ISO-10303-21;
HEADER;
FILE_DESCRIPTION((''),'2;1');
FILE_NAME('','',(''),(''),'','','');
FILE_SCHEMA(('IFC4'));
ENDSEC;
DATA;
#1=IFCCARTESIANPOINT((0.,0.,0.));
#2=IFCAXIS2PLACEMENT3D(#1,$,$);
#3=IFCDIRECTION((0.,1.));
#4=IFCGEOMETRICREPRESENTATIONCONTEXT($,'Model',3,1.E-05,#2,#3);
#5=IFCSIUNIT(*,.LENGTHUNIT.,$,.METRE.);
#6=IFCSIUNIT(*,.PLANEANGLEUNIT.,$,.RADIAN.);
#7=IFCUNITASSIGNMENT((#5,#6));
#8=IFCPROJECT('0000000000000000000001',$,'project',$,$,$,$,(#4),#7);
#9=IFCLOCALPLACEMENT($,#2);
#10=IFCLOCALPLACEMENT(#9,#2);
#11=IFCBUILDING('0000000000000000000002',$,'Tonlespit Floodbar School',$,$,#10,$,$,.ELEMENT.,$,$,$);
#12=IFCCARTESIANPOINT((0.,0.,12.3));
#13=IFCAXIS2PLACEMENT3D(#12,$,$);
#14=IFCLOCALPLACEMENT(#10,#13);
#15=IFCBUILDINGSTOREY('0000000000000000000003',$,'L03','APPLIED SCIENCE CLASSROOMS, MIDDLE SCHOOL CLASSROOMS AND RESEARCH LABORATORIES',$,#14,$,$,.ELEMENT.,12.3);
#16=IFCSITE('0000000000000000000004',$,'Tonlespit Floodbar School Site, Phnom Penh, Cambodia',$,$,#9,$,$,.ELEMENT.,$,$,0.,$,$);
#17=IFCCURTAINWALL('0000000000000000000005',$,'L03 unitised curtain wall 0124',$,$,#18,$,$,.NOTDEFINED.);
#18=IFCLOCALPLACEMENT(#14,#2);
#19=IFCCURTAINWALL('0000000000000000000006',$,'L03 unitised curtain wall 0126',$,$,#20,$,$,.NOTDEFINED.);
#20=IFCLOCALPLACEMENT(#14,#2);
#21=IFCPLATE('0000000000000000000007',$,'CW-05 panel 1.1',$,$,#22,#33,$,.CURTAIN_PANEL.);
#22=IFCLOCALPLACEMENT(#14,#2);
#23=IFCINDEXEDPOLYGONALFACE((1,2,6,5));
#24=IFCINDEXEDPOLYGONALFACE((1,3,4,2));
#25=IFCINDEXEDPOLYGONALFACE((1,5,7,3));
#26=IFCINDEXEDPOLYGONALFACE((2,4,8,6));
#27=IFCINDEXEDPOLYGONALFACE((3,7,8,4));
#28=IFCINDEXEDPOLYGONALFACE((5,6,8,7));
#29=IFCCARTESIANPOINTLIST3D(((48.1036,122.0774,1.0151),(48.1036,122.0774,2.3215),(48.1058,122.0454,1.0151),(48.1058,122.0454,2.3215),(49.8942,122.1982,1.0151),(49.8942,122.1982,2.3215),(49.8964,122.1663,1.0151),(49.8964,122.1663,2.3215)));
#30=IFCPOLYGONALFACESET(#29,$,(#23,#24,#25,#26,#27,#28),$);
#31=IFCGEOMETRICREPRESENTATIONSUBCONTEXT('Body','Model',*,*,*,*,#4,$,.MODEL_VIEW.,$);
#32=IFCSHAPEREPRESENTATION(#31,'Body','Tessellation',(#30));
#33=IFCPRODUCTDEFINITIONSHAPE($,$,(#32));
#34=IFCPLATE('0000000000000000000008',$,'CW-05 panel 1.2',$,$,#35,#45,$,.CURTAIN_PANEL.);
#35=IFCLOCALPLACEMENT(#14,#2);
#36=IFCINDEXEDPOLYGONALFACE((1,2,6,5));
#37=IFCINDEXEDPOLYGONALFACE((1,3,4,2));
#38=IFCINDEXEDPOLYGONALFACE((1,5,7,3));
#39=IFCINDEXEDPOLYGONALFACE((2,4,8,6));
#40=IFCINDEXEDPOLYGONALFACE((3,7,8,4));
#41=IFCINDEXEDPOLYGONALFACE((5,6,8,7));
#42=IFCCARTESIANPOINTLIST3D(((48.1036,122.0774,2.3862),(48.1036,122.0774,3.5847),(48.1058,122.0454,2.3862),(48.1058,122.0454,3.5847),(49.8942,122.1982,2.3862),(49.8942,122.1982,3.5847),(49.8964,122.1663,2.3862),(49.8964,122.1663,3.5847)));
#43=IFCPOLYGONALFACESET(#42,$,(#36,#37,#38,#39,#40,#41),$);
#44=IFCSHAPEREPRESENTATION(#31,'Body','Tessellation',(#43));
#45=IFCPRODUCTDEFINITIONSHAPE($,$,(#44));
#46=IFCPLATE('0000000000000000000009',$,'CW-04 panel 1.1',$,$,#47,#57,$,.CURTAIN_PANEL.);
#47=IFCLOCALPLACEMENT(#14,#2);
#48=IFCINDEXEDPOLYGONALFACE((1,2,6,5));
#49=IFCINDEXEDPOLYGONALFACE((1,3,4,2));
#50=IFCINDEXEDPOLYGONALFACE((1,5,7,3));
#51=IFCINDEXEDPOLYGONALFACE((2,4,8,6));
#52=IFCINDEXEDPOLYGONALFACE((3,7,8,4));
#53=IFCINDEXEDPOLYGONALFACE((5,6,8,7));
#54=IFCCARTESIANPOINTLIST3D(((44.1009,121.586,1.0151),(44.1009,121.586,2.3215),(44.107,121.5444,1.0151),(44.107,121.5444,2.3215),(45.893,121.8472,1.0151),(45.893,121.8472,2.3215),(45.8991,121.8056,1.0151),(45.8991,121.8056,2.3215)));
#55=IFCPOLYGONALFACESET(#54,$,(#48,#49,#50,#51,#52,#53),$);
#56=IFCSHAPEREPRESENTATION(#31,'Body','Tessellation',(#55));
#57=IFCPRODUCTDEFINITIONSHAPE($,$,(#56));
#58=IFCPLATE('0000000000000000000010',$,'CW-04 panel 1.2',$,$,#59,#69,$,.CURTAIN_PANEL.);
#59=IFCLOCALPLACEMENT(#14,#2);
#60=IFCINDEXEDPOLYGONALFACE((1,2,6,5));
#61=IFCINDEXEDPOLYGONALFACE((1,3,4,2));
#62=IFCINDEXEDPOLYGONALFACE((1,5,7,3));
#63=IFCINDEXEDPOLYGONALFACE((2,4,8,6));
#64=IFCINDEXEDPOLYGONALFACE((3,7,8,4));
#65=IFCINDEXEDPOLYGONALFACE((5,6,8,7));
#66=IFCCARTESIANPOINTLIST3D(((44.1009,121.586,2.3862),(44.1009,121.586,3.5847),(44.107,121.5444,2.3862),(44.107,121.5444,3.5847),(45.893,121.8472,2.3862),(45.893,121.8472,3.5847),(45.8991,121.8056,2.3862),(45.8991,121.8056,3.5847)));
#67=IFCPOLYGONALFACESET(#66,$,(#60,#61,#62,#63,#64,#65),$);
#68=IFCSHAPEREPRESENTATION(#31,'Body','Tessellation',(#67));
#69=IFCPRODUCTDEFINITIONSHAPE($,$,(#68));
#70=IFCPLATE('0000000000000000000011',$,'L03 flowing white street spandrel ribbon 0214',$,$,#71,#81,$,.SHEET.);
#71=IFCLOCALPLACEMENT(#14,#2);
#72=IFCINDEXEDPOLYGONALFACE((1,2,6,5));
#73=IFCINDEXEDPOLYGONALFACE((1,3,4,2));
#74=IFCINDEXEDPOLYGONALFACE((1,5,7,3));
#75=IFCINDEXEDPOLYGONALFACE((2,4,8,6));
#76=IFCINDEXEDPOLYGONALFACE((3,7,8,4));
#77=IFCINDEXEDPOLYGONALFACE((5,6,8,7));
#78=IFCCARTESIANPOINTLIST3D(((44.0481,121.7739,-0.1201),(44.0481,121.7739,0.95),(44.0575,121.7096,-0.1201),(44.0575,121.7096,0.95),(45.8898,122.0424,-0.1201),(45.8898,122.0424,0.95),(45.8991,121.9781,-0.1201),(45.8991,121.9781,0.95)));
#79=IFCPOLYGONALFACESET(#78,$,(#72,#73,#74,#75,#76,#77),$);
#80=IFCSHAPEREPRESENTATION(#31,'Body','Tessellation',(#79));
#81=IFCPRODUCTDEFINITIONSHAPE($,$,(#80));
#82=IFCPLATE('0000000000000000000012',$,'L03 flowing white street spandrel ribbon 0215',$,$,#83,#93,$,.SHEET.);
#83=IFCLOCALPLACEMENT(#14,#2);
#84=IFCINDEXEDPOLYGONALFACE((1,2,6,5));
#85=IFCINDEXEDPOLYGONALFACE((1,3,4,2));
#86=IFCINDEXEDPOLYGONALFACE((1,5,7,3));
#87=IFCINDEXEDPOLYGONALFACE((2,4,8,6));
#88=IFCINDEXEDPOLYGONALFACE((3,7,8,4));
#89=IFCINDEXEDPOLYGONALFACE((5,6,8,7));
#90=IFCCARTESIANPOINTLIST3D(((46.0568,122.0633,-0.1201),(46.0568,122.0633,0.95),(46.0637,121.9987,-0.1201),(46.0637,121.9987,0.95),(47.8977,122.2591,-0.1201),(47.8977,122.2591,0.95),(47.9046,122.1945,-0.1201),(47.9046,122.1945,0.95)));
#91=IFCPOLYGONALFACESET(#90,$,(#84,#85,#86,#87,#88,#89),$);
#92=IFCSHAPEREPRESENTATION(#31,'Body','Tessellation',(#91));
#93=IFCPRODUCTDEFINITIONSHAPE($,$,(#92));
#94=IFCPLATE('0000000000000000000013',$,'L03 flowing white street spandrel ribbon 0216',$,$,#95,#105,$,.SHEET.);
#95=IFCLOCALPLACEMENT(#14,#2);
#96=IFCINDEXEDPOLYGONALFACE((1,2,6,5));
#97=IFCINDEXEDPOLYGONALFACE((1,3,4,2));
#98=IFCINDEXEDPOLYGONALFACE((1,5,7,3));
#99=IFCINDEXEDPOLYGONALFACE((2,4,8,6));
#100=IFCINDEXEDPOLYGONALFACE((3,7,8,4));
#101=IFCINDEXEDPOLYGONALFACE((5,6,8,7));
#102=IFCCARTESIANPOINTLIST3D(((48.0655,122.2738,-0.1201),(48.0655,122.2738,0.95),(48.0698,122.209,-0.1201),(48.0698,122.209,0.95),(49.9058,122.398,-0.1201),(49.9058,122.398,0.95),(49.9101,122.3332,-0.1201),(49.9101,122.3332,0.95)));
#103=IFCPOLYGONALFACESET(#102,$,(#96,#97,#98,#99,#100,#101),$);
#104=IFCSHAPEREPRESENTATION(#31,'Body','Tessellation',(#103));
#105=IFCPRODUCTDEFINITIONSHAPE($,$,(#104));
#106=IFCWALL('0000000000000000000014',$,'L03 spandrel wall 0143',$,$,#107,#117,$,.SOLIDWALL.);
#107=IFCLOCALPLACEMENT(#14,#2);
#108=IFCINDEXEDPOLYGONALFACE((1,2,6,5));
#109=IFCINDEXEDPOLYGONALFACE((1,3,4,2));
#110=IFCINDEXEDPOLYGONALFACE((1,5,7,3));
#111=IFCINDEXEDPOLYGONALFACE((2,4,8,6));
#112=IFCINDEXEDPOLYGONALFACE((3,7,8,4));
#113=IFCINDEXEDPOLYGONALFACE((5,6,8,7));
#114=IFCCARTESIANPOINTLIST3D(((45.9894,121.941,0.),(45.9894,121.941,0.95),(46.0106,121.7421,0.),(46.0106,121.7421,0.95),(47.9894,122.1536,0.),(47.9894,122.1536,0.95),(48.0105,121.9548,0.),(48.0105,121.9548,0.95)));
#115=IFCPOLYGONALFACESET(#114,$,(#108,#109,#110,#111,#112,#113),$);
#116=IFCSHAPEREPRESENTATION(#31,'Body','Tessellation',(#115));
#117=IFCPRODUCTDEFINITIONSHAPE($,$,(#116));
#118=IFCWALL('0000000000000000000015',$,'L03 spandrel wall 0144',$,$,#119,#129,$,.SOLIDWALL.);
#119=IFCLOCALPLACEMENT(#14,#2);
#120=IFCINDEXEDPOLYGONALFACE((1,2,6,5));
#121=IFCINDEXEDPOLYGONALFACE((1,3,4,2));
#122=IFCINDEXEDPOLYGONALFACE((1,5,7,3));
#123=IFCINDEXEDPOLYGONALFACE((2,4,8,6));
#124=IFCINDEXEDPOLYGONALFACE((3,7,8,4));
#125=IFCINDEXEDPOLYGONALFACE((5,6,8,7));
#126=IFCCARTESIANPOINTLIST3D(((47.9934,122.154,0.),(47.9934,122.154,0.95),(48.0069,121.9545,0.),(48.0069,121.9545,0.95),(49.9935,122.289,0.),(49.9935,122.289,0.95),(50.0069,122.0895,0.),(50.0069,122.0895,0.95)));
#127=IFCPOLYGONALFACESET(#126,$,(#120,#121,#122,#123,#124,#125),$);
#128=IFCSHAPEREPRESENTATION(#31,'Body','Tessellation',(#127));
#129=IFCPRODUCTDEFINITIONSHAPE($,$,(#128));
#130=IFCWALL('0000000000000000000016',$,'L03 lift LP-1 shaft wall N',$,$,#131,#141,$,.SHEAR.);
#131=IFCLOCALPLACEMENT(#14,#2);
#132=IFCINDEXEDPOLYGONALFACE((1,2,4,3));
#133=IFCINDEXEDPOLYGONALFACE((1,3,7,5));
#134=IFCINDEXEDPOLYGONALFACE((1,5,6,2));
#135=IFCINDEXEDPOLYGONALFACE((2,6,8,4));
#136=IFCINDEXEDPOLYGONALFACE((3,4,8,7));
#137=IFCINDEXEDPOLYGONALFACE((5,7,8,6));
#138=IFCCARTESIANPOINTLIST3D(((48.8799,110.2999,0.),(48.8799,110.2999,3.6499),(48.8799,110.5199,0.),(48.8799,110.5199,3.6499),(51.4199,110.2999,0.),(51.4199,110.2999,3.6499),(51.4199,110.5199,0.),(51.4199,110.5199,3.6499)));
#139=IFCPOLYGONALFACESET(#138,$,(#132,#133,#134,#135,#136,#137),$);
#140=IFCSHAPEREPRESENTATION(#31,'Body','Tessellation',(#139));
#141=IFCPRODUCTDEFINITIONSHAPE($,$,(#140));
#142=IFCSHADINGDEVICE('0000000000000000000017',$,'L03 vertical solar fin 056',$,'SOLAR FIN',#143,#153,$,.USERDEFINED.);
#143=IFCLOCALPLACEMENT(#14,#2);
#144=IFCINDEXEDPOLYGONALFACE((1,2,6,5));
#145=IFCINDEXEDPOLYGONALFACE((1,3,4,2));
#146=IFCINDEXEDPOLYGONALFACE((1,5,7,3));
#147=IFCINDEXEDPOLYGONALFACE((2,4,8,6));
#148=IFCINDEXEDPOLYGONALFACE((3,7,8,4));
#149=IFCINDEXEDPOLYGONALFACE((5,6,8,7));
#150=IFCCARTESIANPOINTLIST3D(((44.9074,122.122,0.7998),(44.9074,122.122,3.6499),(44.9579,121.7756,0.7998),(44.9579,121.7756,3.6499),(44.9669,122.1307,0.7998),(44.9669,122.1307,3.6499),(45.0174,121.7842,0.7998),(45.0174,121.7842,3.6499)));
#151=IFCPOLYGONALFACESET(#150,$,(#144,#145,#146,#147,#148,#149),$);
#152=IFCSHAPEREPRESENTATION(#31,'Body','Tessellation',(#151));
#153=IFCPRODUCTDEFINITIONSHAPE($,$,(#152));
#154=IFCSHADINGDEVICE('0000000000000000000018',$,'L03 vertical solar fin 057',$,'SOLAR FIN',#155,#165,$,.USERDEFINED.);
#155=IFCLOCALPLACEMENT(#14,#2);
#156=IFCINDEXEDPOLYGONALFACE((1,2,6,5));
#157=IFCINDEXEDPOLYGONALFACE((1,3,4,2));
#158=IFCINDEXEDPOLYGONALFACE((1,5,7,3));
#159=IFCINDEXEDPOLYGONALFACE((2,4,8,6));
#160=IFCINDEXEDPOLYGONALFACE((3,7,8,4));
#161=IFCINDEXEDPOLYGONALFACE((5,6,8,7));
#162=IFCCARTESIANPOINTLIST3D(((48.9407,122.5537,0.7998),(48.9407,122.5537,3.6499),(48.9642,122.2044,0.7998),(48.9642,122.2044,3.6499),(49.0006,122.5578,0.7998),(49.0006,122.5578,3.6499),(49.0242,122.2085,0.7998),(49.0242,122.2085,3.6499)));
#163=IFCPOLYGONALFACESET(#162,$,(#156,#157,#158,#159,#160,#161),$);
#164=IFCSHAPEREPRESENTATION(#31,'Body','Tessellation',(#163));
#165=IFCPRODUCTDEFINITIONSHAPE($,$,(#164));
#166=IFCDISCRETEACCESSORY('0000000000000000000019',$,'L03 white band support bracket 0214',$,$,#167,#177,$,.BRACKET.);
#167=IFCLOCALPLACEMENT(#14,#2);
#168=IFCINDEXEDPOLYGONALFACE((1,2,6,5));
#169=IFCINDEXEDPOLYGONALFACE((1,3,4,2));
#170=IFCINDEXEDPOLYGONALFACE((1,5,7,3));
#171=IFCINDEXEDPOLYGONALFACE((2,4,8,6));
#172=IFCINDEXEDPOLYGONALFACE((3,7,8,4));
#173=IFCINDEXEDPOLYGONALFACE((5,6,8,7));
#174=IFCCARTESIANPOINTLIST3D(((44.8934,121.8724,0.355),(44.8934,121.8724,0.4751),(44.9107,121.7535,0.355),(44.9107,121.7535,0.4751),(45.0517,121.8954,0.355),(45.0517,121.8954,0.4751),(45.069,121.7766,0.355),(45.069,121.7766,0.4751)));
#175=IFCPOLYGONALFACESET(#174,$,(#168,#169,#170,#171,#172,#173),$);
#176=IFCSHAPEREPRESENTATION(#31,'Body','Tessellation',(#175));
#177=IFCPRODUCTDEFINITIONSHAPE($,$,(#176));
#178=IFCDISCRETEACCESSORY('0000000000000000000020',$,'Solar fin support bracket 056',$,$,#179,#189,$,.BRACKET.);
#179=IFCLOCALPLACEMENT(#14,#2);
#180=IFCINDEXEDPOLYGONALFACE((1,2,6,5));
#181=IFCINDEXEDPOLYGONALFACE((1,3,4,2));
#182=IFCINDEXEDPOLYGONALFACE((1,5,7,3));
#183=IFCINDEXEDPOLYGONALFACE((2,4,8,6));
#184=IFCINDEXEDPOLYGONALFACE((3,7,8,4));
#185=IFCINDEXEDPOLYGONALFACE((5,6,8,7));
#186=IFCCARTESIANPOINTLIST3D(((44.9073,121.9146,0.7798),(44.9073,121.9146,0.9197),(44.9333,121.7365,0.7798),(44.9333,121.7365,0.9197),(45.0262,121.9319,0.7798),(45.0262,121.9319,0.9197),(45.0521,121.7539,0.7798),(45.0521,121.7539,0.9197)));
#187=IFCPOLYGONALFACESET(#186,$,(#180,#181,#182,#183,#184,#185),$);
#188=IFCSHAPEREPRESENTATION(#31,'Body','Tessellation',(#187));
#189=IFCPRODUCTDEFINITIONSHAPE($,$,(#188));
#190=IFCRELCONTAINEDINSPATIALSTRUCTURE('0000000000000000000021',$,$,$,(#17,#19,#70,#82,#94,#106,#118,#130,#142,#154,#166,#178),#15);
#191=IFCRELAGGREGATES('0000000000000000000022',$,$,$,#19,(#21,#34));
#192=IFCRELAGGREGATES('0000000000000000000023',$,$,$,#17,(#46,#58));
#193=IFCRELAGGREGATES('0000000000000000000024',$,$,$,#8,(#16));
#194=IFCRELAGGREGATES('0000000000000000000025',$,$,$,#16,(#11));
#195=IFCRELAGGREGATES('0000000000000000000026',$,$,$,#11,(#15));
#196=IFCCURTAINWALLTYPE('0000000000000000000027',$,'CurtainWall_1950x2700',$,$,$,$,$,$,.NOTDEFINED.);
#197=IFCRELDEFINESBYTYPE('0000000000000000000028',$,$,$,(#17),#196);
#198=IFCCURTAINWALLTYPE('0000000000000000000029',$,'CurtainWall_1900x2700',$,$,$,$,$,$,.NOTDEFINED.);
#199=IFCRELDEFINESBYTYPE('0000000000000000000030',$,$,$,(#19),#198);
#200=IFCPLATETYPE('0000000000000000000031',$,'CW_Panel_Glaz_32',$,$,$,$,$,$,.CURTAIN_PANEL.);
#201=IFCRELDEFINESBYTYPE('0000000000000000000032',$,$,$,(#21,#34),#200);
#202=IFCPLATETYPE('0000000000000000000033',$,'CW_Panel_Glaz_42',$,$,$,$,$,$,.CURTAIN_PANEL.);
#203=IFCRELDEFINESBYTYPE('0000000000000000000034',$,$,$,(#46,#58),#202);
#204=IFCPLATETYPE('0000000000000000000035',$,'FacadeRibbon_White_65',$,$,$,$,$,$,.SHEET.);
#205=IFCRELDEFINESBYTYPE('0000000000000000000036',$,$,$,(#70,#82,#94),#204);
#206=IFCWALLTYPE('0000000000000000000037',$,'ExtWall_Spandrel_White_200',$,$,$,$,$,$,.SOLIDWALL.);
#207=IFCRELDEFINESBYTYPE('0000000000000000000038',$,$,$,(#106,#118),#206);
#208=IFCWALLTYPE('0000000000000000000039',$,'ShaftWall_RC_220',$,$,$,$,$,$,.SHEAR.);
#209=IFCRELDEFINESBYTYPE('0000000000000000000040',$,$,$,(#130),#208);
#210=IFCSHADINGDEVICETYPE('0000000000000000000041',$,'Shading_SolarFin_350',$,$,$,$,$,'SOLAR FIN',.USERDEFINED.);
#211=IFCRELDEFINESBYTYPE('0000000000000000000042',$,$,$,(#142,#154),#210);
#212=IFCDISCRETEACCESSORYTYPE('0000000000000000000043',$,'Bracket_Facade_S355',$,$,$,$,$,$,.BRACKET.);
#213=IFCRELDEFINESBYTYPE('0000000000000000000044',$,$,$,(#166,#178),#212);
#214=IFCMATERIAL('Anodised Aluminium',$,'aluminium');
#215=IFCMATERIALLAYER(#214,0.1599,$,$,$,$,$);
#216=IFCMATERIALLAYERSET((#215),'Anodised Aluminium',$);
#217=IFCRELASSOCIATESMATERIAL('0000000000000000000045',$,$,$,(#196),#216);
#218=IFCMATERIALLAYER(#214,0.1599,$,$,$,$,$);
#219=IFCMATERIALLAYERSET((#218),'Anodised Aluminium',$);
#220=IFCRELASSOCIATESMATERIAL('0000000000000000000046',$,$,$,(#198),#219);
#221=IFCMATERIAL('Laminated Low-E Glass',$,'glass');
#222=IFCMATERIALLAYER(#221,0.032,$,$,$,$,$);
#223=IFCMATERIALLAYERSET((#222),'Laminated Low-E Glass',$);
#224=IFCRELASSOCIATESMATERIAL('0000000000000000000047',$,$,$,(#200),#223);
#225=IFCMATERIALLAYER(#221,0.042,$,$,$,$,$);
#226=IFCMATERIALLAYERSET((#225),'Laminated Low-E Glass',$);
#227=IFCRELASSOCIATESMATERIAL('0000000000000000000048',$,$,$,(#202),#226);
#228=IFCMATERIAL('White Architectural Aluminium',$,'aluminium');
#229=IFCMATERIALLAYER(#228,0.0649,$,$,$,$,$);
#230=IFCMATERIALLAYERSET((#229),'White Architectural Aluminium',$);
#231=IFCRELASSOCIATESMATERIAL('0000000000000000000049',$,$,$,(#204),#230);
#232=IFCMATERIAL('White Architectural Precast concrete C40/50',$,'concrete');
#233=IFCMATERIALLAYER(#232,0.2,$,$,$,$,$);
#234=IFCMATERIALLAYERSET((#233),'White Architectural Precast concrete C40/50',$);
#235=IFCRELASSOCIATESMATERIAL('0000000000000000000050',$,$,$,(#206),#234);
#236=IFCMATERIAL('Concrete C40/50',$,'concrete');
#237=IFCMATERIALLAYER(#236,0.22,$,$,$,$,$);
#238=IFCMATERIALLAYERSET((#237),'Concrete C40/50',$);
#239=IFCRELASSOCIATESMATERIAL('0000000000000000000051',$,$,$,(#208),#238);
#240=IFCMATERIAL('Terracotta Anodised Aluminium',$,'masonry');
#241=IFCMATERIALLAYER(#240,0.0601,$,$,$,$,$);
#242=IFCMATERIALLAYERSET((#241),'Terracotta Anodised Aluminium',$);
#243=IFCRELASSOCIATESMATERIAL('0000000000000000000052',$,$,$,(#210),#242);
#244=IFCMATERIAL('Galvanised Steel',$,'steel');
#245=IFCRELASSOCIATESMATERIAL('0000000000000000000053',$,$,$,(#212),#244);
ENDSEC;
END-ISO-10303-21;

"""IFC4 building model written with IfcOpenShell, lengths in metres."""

from ifc_helpers import new_model, si_unit, direction, frame, frame_2d, origin, origin_2d, place, context, subcontext, project, spatial, rectangle, extrude, material, layer, layer_set, type_object, element, aggregate, save


model = new_model("IFC4")

# Units and contexts
model_context = context("Model", 3, precision=1e-05, world=origin(), true_north=direction((0.0, 1.0)))
body_context = subcontext(model_context, "Body", "Model", "MODEL_VIEW")
ifc_project = project(units=[si_unit("LENGTHUNIT", "METRE"), si_unit("PLANEANGLEUNIT", "RADIAN")], contexts=[model_context])

# Site, building, storey
site_placement = place(None, origin())
site = spatial("IfcSite", under=ifc_project, at=site_placement, Name="Tonlespit Floodbar School Site, Phnom Penh, Cambodia", CompositionType="ELEMENT", RefElevation=0.0)
building_placement = place(site_placement, origin())
building = spatial("IfcBuilding", under=site, at=building_placement, Name="Tonlespit Floodbar School", CompositionType="ELEMENT")
storey_placement = place(building_placement, frame((0.0, 0.0, 12.3)))
storey = spatial("IfcBuildingStorey", under=building, at=storey_placement, Name="L03", Description="APPLIED SCIENCE CLASSROOMS, MIDDLE SCHOOL CLASSROOMS AND RESEARCH LABORATORIES", CompositionType="ELEMENT", Elevation=12.3)

# Curtain walls
ifc_material_1 = material(Name="Anodised Aluminium", Category="aluminium")
ifc_layer_1 = layer(ifc_material_1, 0.1599)
ifc_layer_set_1 = layer_set([ifc_layer_1], Name="Anodised Aluminium")
curtain_wall_type_1 = type_object("IfcCurtainWallType", Name="CurtainWall_1950x2700", PredefinedType="NOTDEFINED", material=ifc_layer_set_1)
curtain_wall_1_placement = place(storey_placement, origin())
curtain_wall_1 = element("IfcCurtainWall", 1, at=curtain_wall_1_placement, inside=storey, type_object=curtain_wall_type_1, Name="L03 unitised curtain wall 0124", PredefinedType="NOTDEFINED")
ifc_layer_2 = layer(ifc_material_1, 0.1599)
ifc_layer_set_2 = layer_set([ifc_layer_2], Name="Anodised Aluminium")
curtain_wall_type_2 = type_object("IfcCurtainWallType", Name="CurtainWall_1900x2700", PredefinedType="NOTDEFINED", material=ifc_layer_set_2)
curtain_wall_2_placement = place(storey_placement, origin())
curtain_wall_2 = element("IfcCurtainWall", 2, at=curtain_wall_2_placement, inside=storey, type_object=curtain_wall_type_2, Name="L03 unitised curtain wall 0126", PredefinedType="NOTDEFINED")

# Plates
ifc_material_2 = material(Name="Laminated Low-E Glass", Category="glass")
ifc_layer_3 = layer(ifc_material_2, 0.032)
ifc_layer_set_3 = layer_set([ifc_layer_3], Name="Laminated Low-E Glass")
plate_type_1 = type_object("IfcPlateType", Name="CW_Panel_Glaz_32", PredefinedType="CURTAIN_PANEL", material=ifc_layer_set_3)
plate_1_placement = place(storey_placement, frame((49.0, 122.1218, 1.0151), z_axis=(0.0, 0.0, 1.0), x_axis=(0.99773, 0.06734, 0.0)))
plate_1 = element("IfcPlate", 3, at=plate_1_placement, type_object=plate_type_1, Name="CW-05 panel 1.1", PredefinedType="CURTAIN_PANEL", context=body_context, shape_type="SweptSolid", body=[
    extrude(rectangle(XDim=1.7947, YDim=0.032, at=origin_2d()), origin(), (0.0, 0.0, 1.0), 1.3064),
])
plate_2_placement = place(storey_placement, frame((49.0, 122.1218, 2.3862), z_axis=(0.0, 0.0, 1.0), x_axis=(0.99773, 0.06734, 0.0)))
plate_2 = element("IfcPlate", 4, at=plate_2_placement, type_object=plate_type_1, Name="CW-05 panel 1.2", PredefinedType="CURTAIN_PANEL", context=body_context, shape_type="SweptSolid", body=[
    extrude(rectangle(XDim=1.7947, YDim=0.032, at=origin_2d()), origin(), (0.0, 0.0, 1.0), 1.1985),
])
aggregate(curtain_wall_2, [plate_1, plate_2])
ifc_layer_4 = layer(ifc_material_2, 0.042)
ifc_layer_set_4 = layer_set([ifc_layer_4], Name="Laminated Low-E Glass")
plate_type_2 = type_object("IfcPlateType", Name="CW_Panel_Glaz_42", PredefinedType="CURTAIN_PANEL", material=ifc_layer_set_4)
plate_3_placement = place(storey_placement, frame((45.0, 121.6958, 1.0151), z_axis=(0.0, 0.0, 1.0), x_axis=(0.989542, 0.144248, 0.0)))
plate_3 = element("IfcPlate", 5, at=plate_3_placement, type_object=plate_type_2, Name="CW-04 panel 1.1", PredefinedType="CURTAIN_PANEL", context=body_context, shape_type="SweptSolid", body=[
    extrude(rectangle(XDim=1.811, YDim=0.042, at=origin_2d()), origin(), (0.0, 0.0, 1.0), 1.3064),
])
plate_4_placement = place(storey_placement, frame((45.0, 121.6958, 2.3862), z_axis=(0.0, 0.0, 1.0), x_axis=(0.989542, 0.144248, 0.0)))
plate_4 = element("IfcPlate", 6, at=plate_4_placement, type_object=plate_type_2, Name="CW-04 panel 1.2", PredefinedType="CURTAIN_PANEL", context=body_context, shape_type="SweptSolid", body=[
    extrude(rectangle(XDim=1.811, YDim=0.042, at=origin_2d()), origin(), (0.0, 0.0, 1.0), 1.1985),
])
aggregate(curtain_wall_1, [plate_3, plate_4])

# Plates
ifc_material_3 = material(Name="White Architectural Aluminium", Category="aluminium")
ifc_layer_5 = layer(ifc_material_3, 0.0649)
ifc_layer_set_5 = layer_set([ifc_layer_5], Name="White Architectural Aluminium")
plate_type_3 = type_object("IfcPlateType", Name="FacadeRibbon_White_65", PredefinedType="SHEET", material=ifc_layer_set_5)
plate_5_placement = place(storey_placement, frame((44.9736, 121.876, -0.1201), z_axis=(0.0, 0.0, 1.0), x_axis=(0.989538, 0.144275, 0.0)))
element("IfcPlate", 7, at=plate_5_placement, inside=storey, type_object=plate_type_3, Name="L03 flowing white street spandrel ribbon 0214", PredefinedType="SHEET", context=body_context, shape_type="SweptSolid", body=[
    extrude(rectangle(XDim=1.8611, YDim=0.0649, at=origin_2d()), origin(), (0.0, 0.0, 1.0), 1.0701),
])
plate_6_placement = place(storey_placement, frame((46.9807, 122.1289, -0.1201), z_axis=(0.0, 0.0, 1.0), x_axis=(0.994392, 0.105754, 0.0)))
element("IfcPlate", 8, at=plate_6_placement, inside=storey, type_object=plate_type_3, Name="L03 flowing white street spandrel ribbon 0215", PredefinedType="SHEET", context=body_context, shape_type="SweptSolid", body=[
    extrude(rectangle(XDim=1.8513, YDim=0.0649, at=origin_2d()), origin(), (0.0, 0.0, 1.0), 1.0701),
])
plate_7_placement = place(storey_placement, frame((48.9878, 122.3035, -0.1201), z_axis=(0.0, 0.0, 1.0), x_axis=(0.99773, 0.067347, 0.0)))
element("IfcPlate", 9, at=plate_7_placement, inside=storey, type_object=plate_type_3, Name="L03 flowing white street spandrel ribbon 0216", PredefinedType="SHEET", context=body_context, shape_type="SweptSolid", body=[
    extrude(rectangle(XDim=1.8445, YDim=0.0649, at=origin_2d()), origin(), (0.0, 0.0, 1.0), 1.0701),
])

# Walls
ifc_material_4 = material(Name="White Architectural Precast concrete C40/50", Category="concrete")
ifc_layer_6 = layer(ifc_material_4, 0.2)
ifc_layer_set_6 = layer_set([ifc_layer_6], Name="White Architectural Precast concrete C40/50")
wall_type_1 = type_object("IfcWallType", Name="ExtWall_Spandrel_White_200", PredefinedType="SOLIDWALL", material=ifc_layer_set_6)
wall_1_placement = place(storey_placement, frame((46.0, 121.8416, 0.0), z_axis=(0.0, 0.0, 1.0), x_axis=(0.994395, 0.105727, 0.0)))
element("IfcWall", 10, at=wall_1_placement, inside=storey, type_object=wall_type_1, Name="L03 spandrel wall 0143", PredefinedType="SOLIDWALL", context=body_context, shape_type="SweptSolid", body=[
    extrude(rectangle(XDim=2.0112, YDim=0.2, at=frame_2d((1.0056, 0.0))), origin(), (0.0, 0.0, 1.0), 0.95),
])
wall_2_placement = place(storey_placement, frame((48.0, 122.0542, 0.0), z_axis=(0.0, 0.0, 1.0), x_axis=(0.997729, 0.067352, 0.0)))
element("IfcWall", 11, at=wall_2_placement, inside=storey, type_object=wall_type_1, Name="L03 spandrel wall 0144", PredefinedType="SOLIDWALL", context=body_context, shape_type="SweptSolid", body=[
    extrude(rectangle(XDim=2.0046, YDim=0.2, at=frame_2d((1.0024, 0.0))), origin(), (0.0, 0.0, 1.0), 0.95),
])
ifc_material_5 = material(Name="Concrete C40/50", Category="concrete")
ifc_layer_7 = layer(ifc_material_5, 0.22)
ifc_layer_set_7 = layer_set([ifc_layer_7], Name="Concrete C40/50")
wall_type_2 = type_object("IfcWallType", Name="ShaftWall_RC_220", PredefinedType="SHEAR", material=ifc_layer_set_7)
wall_3_placement = place(storey_placement, frame((48.8799, 110.4099, 0.0), z_axis=(0.0, 0.0, 1.0), x_axis=(1.0, 0.0, 0.0)))
element("IfcWall", 12, at=wall_3_placement, inside=storey, type_object=wall_type_2, Name="L03 lift LP-1 shaft wall N", PredefinedType="SHEAR", context=body_context, shape_type="SweptSolid", body=[
    extrude(rectangle(XDim=2.54, YDim=0.22, at=frame_2d((1.27, 0.0))), origin(), (0.0, 0.0, 1.0), 3.6499),
])

# Shading devices
ifc_material_6 = material(Name="Terracotta Anodised Aluminium", Category="masonry")
ifc_layer_8 = layer(ifc_material_6, 0.0601)
ifc_layer_set_8 = layer_set([ifc_layer_8], Name="Terracotta Anodised Aluminium")
shading_device_type = type_object("IfcShadingDeviceType", Name="Shading_SolarFin_350", ElementType="SOLAR FIN", PredefinedType="USERDEFINED", material=ifc_layer_set_8)
for number, where, z_axis, x_axis, name in (
    (13, (44.9624, 121.9531, 0.7998), (0.0, 0.0, 1.0), (0.989538, 0.144275, 0.0), "L03 vertical solar fin 056"),
    (14, (48.9824, 122.3811, 0.7998), (0.0, 0.0, 1.0), (0.99773, 0.067347, 0.0), "L03 vertical solar fin 057"),
):
    element("IfcShadingDevice", number, at=place(storey_placement, frame(where, z_axis=z_axis, x_axis=x_axis)), inside=storey, type_object=shading_device_type, Name=name, ObjectType="SOLAR FIN", PredefinedType="USERDEFINED", context=body_context, shape_type="SweptSolid", body=[
        extrude(rectangle(XDim=0.0601, YDim=0.3501, at=origin_2d()), origin(), (0.0, 0.0, 1.0), 2.8501),
    ])

# Discrete accessories
ifc_material_7 = material(Name="Galvanised Steel", Category="steel")
discrete_accessory_type = type_object("IfcDiscreteAccessoryType", Name="Bracket_Facade_S355", PredefinedType="BRACKET", material=ifc_material_7)
discrete_accessory_1_placement = place(storey_placement, frame((44.9812, 121.8245, 0.355), z_axis=(0.0, 0.0, 1.0), x_axis=(0.989538, 0.144275, 0.0)))
element("IfcDiscreteAccessory", 15, at=discrete_accessory_1_placement, inside=storey, type_object=discrete_accessory_type, Name="L03 white band support bracket 0214", PredefinedType="BRACKET", context=body_context, shape_type="SweptSolid", body=[
    extrude(rectangle(XDim=0.1599, YDim=0.1201, at=origin_2d()), origin(), (0.0, 0.0, 1.0), 0.1201),
])
discrete_accessory_2_placement = place(storey_placement, frame((44.9797, 121.8342, 0.7798), z_axis=(0.0, 0.0, 1.0), x_axis=(0.989538, 0.144275, 0.0)))
element("IfcDiscreteAccessory", 16, at=discrete_accessory_2_placement, inside=storey, type_object=discrete_accessory_type, Name="Solar fin support bracket 056", PredefinedType="BRACKET", context=body_context, shape_type="SweptSolid", body=[
    extrude(rectangle(XDim=0.1201, YDim=0.1799, at=origin_2d()), origin(), (0.0, 0.0, 1.0), 0.1399),
])

save(model, "model.ifc")
